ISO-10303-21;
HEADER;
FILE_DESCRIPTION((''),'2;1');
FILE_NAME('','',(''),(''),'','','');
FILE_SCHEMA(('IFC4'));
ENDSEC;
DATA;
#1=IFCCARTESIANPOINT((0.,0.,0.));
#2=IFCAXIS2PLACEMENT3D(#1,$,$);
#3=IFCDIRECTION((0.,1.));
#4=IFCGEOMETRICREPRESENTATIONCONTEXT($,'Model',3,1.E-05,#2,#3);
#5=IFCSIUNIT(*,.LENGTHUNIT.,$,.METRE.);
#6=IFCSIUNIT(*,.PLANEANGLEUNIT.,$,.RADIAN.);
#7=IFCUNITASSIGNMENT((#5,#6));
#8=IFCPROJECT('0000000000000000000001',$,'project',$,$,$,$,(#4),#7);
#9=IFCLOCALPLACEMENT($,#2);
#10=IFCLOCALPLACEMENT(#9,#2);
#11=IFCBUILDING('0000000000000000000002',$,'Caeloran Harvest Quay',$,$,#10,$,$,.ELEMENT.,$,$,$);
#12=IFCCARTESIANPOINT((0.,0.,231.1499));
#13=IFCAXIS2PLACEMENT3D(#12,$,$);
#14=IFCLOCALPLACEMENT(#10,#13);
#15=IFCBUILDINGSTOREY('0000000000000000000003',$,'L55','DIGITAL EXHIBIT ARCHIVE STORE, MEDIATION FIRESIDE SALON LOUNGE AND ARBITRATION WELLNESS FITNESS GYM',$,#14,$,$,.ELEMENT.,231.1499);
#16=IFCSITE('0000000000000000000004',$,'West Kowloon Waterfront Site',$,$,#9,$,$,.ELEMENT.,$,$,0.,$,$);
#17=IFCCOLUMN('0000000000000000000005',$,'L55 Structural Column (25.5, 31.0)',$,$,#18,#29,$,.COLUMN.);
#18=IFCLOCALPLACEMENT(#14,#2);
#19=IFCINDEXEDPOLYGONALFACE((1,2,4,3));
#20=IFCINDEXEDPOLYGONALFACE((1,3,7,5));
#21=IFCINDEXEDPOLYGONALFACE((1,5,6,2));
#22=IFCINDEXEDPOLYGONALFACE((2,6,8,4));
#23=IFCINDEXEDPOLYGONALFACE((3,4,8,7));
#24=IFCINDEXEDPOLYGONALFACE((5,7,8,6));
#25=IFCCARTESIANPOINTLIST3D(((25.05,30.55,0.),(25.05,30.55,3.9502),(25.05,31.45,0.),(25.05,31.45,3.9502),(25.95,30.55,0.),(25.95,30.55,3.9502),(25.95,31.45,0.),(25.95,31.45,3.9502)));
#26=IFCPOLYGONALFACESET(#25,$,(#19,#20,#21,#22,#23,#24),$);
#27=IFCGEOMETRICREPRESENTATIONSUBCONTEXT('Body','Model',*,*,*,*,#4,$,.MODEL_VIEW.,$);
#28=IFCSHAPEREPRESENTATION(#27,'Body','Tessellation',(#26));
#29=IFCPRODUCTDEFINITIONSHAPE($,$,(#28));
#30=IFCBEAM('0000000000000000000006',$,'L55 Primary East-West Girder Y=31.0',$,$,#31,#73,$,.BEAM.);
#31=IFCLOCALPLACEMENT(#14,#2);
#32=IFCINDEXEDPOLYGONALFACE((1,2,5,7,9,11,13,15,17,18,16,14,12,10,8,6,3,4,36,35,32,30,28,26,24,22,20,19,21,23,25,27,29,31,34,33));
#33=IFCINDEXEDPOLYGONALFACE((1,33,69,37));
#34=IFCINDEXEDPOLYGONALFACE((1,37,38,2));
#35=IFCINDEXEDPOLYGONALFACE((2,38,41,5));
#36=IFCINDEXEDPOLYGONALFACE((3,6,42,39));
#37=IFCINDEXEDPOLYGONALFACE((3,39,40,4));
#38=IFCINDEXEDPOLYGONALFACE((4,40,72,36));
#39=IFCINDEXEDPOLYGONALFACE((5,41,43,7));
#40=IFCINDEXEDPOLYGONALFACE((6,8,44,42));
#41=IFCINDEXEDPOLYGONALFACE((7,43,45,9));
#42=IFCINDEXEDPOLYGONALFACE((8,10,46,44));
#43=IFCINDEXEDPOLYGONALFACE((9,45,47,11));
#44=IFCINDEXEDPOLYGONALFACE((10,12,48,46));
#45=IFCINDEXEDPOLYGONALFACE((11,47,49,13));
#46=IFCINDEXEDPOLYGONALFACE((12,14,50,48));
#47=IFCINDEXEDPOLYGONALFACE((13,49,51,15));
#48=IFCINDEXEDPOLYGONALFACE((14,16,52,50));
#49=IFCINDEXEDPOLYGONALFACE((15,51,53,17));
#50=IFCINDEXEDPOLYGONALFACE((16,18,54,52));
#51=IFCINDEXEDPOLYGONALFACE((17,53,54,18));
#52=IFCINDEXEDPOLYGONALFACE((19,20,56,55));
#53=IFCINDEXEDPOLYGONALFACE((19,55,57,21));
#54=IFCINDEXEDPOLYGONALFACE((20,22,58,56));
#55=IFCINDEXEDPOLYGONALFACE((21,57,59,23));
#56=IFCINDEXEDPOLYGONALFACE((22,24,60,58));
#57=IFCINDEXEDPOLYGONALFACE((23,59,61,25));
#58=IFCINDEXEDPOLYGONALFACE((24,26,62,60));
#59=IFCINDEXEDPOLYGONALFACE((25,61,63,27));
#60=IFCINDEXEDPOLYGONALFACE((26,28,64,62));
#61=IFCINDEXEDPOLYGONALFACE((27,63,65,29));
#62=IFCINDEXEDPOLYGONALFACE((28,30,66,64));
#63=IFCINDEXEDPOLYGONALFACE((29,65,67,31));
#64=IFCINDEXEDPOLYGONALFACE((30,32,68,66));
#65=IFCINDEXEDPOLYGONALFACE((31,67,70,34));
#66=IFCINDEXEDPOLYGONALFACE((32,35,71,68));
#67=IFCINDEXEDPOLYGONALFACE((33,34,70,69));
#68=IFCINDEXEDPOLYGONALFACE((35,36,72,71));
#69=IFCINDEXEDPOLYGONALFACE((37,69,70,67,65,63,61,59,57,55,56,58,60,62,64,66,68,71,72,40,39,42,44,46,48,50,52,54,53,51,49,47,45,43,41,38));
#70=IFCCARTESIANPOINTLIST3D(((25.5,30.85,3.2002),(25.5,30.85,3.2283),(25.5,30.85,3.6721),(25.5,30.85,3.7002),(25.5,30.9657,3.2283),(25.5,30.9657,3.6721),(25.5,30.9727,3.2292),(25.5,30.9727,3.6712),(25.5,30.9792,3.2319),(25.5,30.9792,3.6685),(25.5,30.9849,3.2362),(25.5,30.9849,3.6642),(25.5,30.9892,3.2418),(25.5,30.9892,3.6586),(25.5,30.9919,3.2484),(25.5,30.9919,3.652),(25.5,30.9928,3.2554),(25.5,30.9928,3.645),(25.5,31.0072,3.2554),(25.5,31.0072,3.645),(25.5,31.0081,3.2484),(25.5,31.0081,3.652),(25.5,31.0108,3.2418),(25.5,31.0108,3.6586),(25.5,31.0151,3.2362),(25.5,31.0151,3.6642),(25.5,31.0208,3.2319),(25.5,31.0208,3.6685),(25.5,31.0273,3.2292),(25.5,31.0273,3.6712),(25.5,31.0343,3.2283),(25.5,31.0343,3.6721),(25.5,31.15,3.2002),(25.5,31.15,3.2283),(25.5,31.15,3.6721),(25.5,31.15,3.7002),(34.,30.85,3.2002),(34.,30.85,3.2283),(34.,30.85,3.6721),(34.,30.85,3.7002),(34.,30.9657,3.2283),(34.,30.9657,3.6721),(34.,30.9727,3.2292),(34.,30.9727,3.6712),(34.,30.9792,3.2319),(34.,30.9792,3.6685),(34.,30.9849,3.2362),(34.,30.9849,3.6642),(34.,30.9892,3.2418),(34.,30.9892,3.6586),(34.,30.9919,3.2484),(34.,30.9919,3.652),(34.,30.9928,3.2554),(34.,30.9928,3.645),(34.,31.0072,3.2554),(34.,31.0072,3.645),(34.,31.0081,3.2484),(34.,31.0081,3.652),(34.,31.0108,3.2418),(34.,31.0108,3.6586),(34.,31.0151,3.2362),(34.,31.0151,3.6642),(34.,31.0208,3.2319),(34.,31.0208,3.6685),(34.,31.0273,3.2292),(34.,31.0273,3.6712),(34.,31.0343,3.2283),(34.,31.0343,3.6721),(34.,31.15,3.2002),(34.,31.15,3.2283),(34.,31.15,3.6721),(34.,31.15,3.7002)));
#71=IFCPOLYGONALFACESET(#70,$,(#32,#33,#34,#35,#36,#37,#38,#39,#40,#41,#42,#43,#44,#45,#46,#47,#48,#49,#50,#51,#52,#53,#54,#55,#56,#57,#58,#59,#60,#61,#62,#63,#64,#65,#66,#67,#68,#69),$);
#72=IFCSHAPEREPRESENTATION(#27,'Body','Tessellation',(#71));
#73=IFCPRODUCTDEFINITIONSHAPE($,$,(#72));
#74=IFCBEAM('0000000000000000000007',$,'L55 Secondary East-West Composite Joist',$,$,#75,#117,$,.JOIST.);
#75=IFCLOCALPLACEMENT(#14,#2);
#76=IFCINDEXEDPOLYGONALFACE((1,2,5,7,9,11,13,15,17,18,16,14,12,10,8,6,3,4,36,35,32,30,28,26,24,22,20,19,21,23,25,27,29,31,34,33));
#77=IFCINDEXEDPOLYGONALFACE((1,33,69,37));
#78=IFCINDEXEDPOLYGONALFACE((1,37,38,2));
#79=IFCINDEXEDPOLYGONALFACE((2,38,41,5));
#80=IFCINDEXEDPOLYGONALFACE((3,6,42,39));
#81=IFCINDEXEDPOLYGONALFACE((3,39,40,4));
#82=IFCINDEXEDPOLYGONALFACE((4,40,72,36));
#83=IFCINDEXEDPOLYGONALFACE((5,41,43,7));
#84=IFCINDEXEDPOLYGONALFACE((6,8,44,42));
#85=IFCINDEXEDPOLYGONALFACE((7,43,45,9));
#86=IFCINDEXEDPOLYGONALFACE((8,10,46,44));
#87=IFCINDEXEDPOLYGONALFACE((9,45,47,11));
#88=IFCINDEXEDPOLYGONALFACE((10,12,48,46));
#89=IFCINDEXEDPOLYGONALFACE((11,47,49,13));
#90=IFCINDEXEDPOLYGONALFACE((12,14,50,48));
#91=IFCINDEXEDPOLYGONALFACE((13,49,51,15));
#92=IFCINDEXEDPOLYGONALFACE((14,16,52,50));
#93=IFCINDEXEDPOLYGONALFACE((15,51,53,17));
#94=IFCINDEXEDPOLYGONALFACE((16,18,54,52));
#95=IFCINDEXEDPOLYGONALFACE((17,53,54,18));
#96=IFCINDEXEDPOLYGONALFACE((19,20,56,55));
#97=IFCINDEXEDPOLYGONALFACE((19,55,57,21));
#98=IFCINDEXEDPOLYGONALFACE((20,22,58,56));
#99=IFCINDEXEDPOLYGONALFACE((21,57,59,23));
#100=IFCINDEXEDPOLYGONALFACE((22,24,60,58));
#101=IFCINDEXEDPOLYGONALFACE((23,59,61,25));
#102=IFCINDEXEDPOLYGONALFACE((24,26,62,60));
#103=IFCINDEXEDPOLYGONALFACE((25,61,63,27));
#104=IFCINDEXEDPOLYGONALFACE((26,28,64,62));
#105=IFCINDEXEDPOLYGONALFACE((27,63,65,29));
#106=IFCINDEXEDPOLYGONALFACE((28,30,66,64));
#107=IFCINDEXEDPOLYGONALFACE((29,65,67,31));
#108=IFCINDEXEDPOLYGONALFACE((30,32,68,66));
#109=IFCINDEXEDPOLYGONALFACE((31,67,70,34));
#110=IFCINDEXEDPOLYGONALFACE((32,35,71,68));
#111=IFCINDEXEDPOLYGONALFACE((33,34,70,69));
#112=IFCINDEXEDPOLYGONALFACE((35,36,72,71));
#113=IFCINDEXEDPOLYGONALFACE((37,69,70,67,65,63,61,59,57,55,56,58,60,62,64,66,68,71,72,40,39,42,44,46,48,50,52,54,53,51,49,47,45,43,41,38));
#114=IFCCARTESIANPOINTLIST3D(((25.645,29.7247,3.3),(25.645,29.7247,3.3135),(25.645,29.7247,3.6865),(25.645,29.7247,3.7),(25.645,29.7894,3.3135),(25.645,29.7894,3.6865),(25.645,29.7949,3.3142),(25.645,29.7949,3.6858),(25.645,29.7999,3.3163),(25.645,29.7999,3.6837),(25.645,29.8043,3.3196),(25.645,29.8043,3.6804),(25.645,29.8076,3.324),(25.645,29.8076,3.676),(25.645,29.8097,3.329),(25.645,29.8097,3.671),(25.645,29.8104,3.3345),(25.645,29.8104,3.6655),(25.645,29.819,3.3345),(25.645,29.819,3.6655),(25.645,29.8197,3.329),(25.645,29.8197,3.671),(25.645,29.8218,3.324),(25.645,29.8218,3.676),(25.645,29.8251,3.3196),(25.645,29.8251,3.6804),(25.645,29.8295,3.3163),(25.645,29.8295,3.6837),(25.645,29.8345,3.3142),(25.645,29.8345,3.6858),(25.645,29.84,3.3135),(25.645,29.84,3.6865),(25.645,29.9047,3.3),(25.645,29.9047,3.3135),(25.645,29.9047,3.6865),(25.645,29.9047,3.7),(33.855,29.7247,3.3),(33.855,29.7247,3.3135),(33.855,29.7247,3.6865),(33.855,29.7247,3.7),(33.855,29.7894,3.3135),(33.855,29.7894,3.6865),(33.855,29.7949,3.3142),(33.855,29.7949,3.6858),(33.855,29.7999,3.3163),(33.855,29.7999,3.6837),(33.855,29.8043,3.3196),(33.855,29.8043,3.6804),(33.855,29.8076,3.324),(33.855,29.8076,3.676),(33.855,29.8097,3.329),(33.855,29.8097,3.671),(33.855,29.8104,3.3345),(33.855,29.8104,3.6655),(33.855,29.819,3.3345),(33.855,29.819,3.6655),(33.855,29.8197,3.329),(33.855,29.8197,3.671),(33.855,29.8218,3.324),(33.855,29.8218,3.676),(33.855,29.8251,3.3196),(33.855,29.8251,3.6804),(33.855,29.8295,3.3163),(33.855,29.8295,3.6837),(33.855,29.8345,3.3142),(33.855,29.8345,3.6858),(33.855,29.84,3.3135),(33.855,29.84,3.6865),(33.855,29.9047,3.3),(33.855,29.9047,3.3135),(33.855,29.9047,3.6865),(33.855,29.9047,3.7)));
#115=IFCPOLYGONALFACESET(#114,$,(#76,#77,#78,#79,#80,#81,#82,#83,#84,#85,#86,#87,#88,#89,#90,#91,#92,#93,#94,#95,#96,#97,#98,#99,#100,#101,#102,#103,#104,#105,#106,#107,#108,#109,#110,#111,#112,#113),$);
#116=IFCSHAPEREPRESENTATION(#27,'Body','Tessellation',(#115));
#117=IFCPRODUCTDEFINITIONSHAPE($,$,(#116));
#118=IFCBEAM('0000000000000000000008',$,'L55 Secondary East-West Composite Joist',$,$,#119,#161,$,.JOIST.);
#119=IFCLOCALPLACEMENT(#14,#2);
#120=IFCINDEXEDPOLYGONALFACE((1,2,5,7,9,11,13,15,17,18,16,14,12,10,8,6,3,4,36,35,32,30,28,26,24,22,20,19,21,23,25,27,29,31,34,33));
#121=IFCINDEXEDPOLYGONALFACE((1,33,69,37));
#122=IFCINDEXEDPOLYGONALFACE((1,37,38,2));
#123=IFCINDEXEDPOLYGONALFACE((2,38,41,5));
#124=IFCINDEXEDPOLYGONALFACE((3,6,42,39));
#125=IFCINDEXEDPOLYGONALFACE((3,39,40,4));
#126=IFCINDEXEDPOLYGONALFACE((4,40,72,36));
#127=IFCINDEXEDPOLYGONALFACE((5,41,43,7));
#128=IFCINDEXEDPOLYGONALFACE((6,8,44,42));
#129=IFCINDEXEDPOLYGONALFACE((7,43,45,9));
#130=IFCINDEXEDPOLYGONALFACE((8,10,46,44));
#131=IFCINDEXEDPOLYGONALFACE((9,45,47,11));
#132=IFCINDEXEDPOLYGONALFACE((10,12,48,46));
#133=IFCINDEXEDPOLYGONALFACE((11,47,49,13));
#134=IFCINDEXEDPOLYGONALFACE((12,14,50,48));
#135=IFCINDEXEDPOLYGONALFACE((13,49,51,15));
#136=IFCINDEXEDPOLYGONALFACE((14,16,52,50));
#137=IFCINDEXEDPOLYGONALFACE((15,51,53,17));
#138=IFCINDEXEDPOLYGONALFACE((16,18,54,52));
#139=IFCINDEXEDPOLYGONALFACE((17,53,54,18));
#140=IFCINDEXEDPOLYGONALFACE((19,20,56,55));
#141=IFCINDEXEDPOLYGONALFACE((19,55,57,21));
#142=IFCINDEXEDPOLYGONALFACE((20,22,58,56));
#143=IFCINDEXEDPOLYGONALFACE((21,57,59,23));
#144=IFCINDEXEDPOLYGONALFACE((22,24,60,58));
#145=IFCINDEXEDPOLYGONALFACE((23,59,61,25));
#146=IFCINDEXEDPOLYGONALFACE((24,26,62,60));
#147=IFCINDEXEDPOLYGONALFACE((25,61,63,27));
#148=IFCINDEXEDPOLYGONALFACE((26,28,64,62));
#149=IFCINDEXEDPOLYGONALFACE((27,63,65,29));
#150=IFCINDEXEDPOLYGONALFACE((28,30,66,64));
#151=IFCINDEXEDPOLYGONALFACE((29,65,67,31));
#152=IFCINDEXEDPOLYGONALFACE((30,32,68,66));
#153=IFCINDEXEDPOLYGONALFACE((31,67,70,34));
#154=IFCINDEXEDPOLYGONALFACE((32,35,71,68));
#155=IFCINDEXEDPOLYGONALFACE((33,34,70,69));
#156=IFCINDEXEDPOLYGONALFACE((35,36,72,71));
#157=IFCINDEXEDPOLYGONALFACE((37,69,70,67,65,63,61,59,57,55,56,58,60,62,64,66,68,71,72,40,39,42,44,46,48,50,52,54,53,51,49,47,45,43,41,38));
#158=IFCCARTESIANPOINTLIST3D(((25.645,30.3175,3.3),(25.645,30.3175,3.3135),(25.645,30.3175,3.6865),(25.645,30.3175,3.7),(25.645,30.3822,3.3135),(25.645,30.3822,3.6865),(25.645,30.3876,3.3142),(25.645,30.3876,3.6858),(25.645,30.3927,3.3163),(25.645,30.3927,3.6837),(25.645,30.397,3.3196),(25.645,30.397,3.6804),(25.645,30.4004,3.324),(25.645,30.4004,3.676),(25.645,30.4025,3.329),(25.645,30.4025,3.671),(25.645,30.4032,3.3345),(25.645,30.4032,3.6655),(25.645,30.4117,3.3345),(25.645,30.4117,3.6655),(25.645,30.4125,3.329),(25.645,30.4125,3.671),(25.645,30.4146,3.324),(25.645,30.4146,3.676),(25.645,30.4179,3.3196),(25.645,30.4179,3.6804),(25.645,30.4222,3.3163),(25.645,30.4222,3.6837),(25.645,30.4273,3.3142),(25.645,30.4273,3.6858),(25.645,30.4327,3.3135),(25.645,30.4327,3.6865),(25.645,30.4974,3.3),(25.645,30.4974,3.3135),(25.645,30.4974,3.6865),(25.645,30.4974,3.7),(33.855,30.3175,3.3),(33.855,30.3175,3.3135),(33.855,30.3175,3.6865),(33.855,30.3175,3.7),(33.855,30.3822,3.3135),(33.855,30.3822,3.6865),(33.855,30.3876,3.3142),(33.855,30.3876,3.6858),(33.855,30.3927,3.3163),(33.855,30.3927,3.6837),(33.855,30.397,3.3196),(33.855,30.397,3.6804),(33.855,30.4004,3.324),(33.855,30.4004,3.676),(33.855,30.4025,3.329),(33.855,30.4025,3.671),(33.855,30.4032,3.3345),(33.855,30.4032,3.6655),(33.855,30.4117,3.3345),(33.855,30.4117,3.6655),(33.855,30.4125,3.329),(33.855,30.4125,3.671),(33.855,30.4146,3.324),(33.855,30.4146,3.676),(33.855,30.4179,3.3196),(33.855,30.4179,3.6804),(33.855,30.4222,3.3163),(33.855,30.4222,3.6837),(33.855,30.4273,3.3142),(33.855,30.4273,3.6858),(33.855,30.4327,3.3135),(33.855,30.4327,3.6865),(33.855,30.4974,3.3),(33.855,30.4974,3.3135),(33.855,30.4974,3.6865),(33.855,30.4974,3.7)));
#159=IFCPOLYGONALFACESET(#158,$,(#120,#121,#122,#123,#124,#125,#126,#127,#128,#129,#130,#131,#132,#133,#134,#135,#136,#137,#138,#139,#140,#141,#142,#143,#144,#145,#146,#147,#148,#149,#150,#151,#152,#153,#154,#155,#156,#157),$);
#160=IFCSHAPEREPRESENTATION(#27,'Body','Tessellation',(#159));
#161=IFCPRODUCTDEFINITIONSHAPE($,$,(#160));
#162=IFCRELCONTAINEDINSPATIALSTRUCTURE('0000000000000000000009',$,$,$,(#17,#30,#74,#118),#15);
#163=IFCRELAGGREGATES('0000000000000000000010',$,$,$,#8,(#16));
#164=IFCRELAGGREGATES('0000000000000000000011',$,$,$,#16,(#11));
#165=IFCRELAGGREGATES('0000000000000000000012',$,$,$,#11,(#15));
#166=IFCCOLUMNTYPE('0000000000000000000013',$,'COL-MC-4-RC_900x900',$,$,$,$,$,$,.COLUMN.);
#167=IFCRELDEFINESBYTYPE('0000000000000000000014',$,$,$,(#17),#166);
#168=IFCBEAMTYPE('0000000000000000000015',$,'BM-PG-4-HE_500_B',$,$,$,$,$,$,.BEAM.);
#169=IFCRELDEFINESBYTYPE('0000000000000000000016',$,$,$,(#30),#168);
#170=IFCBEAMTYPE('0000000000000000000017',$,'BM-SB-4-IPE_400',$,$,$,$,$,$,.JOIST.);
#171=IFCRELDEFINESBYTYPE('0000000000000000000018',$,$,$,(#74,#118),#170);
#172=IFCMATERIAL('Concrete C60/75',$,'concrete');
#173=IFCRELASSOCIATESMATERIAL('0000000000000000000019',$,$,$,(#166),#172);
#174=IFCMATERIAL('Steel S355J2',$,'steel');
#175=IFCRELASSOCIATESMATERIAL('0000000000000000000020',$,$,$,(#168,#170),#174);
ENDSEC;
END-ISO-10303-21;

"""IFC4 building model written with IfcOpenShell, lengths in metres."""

from ifc_helpers import new_model, si_unit, direction, frame, origin, origin_2d, place, context, subcontext, project, spatial, rectangle, i_section, extrude, material, material_profile, profile_set, type_object, element, save


model = new_model("IFC4")

# Units and contexts
model_context = context("Model", 3, precision=1e-05, world=origin(), true_north=direction((0.0, 1.0)))
body_context = subcontext(model_context, "Body", "Model", "MODEL_VIEW")
ifc_project = project(units=[si_unit("LENGTHUNIT", "METRE"), si_unit("PLANEANGLEUNIT", "RADIAN")], contexts=[model_context])

# Site, building, storey
site_placement = place(None, origin())
site = spatial("IfcSite", under=ifc_project, at=site_placement, Name="West Kowloon Waterfront Site", CompositionType="ELEMENT", RefElevation=0.0)
building_placement = place(site_placement, origin())
building = spatial("IfcBuilding", under=site, at=building_placement, Name="Caeloran Harvest Quay", CompositionType="ELEMENT")
storey_placement = place(building_placement, frame((0.0, 0.0, 231.1499)))
storey = spatial("IfcBuildingStorey", under=building, at=storey_placement, Name="L55", Description="DIGITAL EXHIBIT ARCHIVE STORE, MEDIATION FIRESIDE SALON LOUNGE AND ARBITRATION WELLNESS FITNESS GYM", CompositionType="ELEMENT", Elevation=231.1499)

# Column
ifc_material_1 = material(Name="Concrete C60/75", Category="concrete")
ifc_material_profile_1 = material_profile(ifc_material_1, rectangle(XDim=0.8999, YDim=0.8999, at=origin_2d()), Name="RC 900x900")
ifc_profile_set_1 = profile_set([ifc_material_profile_1], Name="Concrete C60/75")
column_type = type_object("IfcColumnType", Name="COL-MC-4-RC_900x900", PredefinedType="COLUMN", material=ifc_profile_set_1)
column_placement = place(storey_placement, frame((25.5, 31.0, 0.0), z_axis=(0.0, 0.0, 1.0), x_axis=(1.0, 0.0, 0.0)))
element("IfcColumn", 1, at=column_placement, inside=storey, type_object=column_type, Name="L55 Structural Column (25.5, 31.0)", PredefinedType="COLUMN", context=body_context, shape_type="SweptSolid", body=[
    extrude(rectangle(XDim=0.8999, YDim=0.8999, at=origin_2d()), origin(), (0.0, 0.0, 1.0), 3.9502),
])

# Beams
ifc_material_2 = material(Name="Steel S355J2", Category="steel")
ifc_material_profile_2 = material_profile(ifc_material_2, i_section(OverallWidth=0.3, OverallDepth=0.5, WebThickness=0.0144, FlangeThickness=0.0281, FilletRadius=0.0271, at=origin_2d()), Name="HE 500 B")
ifc_profile_set_2 = profile_set([ifc_material_profile_2], Name="Steel S355J2")
beam_type_1 = type_object("IfcBeamType", Name="BM-PG-4-HE_500_B", PredefinedType="BEAM", material=ifc_profile_set_2)
beam_placement = place(storey_placement, frame((25.5, 31.0, 3.4502), z_axis=(1.0, 0.0, 0.0), x_axis=(0.0, 1.0, 0.0)))
element("IfcBeam", 2, at=beam_placement, inside=storey, type_object=beam_type_1, Name="L55 Primary East-West Girder Y=31.0", PredefinedType="BEAM", context=body_context, shape_type="SweptSolid", body=[
    extrude(i_section(OverallWidth=0.3, OverallDepth=0.5, WebThickness=0.0144, FlangeThickness=0.0281, FilletRadius=0.0271, at=origin_2d()), origin(), (0.0, 0.0, 1.0), 8.5),
])
ifc_material_profile_3 = material_profile(ifc_material_2, i_section(OverallWidth=0.1799, OverallDepth=0.3999, WebThickness=0.0085, FlangeThickness=0.0134, FilletRadius=0.021, at=origin_2d()), Name="IPE 400")
ifc_profile_set_3 = profile_set([ifc_material_profile_3], Name="Steel S355J2")
beam_type_2 = type_object("IfcBeamType", Name="BM-SB-4-IPE_400", PredefinedType="JOIST", material=ifc_profile_set_3)
for number, where, z_axis, x_axis, name in (
    (3, (25.645, 29.8147, 3.5), (1.0, 0.0, 0.0), (0.0, 1.0, 0.0), "L55 Secondary East-West Composite Joist"),
    (4, (25.645, 30.4075, 3.5), (1.0, 0.0, 0.0), (0.0, 1.0, 0.0), "L55 Secondary East-West Composite Joist"),
):
    element("IfcBeam", number, at=place(storey_placement, frame(where, z_axis=z_axis, x_axis=x_axis)), inside=storey, type_object=beam_type_2, Name=name, PredefinedType="JOIST", context=body_context, shape_type="SweptSolid", body=[
        extrude(i_section(OverallWidth=0.1799, OverallDepth=0.3999, WebThickness=0.0085, FlangeThickness=0.0134, FilletRadius=0.021, at=origin_2d()), origin(), (0.0, 0.0, 1.0), 8.21),
    ])

save(model, "model.ifc")
